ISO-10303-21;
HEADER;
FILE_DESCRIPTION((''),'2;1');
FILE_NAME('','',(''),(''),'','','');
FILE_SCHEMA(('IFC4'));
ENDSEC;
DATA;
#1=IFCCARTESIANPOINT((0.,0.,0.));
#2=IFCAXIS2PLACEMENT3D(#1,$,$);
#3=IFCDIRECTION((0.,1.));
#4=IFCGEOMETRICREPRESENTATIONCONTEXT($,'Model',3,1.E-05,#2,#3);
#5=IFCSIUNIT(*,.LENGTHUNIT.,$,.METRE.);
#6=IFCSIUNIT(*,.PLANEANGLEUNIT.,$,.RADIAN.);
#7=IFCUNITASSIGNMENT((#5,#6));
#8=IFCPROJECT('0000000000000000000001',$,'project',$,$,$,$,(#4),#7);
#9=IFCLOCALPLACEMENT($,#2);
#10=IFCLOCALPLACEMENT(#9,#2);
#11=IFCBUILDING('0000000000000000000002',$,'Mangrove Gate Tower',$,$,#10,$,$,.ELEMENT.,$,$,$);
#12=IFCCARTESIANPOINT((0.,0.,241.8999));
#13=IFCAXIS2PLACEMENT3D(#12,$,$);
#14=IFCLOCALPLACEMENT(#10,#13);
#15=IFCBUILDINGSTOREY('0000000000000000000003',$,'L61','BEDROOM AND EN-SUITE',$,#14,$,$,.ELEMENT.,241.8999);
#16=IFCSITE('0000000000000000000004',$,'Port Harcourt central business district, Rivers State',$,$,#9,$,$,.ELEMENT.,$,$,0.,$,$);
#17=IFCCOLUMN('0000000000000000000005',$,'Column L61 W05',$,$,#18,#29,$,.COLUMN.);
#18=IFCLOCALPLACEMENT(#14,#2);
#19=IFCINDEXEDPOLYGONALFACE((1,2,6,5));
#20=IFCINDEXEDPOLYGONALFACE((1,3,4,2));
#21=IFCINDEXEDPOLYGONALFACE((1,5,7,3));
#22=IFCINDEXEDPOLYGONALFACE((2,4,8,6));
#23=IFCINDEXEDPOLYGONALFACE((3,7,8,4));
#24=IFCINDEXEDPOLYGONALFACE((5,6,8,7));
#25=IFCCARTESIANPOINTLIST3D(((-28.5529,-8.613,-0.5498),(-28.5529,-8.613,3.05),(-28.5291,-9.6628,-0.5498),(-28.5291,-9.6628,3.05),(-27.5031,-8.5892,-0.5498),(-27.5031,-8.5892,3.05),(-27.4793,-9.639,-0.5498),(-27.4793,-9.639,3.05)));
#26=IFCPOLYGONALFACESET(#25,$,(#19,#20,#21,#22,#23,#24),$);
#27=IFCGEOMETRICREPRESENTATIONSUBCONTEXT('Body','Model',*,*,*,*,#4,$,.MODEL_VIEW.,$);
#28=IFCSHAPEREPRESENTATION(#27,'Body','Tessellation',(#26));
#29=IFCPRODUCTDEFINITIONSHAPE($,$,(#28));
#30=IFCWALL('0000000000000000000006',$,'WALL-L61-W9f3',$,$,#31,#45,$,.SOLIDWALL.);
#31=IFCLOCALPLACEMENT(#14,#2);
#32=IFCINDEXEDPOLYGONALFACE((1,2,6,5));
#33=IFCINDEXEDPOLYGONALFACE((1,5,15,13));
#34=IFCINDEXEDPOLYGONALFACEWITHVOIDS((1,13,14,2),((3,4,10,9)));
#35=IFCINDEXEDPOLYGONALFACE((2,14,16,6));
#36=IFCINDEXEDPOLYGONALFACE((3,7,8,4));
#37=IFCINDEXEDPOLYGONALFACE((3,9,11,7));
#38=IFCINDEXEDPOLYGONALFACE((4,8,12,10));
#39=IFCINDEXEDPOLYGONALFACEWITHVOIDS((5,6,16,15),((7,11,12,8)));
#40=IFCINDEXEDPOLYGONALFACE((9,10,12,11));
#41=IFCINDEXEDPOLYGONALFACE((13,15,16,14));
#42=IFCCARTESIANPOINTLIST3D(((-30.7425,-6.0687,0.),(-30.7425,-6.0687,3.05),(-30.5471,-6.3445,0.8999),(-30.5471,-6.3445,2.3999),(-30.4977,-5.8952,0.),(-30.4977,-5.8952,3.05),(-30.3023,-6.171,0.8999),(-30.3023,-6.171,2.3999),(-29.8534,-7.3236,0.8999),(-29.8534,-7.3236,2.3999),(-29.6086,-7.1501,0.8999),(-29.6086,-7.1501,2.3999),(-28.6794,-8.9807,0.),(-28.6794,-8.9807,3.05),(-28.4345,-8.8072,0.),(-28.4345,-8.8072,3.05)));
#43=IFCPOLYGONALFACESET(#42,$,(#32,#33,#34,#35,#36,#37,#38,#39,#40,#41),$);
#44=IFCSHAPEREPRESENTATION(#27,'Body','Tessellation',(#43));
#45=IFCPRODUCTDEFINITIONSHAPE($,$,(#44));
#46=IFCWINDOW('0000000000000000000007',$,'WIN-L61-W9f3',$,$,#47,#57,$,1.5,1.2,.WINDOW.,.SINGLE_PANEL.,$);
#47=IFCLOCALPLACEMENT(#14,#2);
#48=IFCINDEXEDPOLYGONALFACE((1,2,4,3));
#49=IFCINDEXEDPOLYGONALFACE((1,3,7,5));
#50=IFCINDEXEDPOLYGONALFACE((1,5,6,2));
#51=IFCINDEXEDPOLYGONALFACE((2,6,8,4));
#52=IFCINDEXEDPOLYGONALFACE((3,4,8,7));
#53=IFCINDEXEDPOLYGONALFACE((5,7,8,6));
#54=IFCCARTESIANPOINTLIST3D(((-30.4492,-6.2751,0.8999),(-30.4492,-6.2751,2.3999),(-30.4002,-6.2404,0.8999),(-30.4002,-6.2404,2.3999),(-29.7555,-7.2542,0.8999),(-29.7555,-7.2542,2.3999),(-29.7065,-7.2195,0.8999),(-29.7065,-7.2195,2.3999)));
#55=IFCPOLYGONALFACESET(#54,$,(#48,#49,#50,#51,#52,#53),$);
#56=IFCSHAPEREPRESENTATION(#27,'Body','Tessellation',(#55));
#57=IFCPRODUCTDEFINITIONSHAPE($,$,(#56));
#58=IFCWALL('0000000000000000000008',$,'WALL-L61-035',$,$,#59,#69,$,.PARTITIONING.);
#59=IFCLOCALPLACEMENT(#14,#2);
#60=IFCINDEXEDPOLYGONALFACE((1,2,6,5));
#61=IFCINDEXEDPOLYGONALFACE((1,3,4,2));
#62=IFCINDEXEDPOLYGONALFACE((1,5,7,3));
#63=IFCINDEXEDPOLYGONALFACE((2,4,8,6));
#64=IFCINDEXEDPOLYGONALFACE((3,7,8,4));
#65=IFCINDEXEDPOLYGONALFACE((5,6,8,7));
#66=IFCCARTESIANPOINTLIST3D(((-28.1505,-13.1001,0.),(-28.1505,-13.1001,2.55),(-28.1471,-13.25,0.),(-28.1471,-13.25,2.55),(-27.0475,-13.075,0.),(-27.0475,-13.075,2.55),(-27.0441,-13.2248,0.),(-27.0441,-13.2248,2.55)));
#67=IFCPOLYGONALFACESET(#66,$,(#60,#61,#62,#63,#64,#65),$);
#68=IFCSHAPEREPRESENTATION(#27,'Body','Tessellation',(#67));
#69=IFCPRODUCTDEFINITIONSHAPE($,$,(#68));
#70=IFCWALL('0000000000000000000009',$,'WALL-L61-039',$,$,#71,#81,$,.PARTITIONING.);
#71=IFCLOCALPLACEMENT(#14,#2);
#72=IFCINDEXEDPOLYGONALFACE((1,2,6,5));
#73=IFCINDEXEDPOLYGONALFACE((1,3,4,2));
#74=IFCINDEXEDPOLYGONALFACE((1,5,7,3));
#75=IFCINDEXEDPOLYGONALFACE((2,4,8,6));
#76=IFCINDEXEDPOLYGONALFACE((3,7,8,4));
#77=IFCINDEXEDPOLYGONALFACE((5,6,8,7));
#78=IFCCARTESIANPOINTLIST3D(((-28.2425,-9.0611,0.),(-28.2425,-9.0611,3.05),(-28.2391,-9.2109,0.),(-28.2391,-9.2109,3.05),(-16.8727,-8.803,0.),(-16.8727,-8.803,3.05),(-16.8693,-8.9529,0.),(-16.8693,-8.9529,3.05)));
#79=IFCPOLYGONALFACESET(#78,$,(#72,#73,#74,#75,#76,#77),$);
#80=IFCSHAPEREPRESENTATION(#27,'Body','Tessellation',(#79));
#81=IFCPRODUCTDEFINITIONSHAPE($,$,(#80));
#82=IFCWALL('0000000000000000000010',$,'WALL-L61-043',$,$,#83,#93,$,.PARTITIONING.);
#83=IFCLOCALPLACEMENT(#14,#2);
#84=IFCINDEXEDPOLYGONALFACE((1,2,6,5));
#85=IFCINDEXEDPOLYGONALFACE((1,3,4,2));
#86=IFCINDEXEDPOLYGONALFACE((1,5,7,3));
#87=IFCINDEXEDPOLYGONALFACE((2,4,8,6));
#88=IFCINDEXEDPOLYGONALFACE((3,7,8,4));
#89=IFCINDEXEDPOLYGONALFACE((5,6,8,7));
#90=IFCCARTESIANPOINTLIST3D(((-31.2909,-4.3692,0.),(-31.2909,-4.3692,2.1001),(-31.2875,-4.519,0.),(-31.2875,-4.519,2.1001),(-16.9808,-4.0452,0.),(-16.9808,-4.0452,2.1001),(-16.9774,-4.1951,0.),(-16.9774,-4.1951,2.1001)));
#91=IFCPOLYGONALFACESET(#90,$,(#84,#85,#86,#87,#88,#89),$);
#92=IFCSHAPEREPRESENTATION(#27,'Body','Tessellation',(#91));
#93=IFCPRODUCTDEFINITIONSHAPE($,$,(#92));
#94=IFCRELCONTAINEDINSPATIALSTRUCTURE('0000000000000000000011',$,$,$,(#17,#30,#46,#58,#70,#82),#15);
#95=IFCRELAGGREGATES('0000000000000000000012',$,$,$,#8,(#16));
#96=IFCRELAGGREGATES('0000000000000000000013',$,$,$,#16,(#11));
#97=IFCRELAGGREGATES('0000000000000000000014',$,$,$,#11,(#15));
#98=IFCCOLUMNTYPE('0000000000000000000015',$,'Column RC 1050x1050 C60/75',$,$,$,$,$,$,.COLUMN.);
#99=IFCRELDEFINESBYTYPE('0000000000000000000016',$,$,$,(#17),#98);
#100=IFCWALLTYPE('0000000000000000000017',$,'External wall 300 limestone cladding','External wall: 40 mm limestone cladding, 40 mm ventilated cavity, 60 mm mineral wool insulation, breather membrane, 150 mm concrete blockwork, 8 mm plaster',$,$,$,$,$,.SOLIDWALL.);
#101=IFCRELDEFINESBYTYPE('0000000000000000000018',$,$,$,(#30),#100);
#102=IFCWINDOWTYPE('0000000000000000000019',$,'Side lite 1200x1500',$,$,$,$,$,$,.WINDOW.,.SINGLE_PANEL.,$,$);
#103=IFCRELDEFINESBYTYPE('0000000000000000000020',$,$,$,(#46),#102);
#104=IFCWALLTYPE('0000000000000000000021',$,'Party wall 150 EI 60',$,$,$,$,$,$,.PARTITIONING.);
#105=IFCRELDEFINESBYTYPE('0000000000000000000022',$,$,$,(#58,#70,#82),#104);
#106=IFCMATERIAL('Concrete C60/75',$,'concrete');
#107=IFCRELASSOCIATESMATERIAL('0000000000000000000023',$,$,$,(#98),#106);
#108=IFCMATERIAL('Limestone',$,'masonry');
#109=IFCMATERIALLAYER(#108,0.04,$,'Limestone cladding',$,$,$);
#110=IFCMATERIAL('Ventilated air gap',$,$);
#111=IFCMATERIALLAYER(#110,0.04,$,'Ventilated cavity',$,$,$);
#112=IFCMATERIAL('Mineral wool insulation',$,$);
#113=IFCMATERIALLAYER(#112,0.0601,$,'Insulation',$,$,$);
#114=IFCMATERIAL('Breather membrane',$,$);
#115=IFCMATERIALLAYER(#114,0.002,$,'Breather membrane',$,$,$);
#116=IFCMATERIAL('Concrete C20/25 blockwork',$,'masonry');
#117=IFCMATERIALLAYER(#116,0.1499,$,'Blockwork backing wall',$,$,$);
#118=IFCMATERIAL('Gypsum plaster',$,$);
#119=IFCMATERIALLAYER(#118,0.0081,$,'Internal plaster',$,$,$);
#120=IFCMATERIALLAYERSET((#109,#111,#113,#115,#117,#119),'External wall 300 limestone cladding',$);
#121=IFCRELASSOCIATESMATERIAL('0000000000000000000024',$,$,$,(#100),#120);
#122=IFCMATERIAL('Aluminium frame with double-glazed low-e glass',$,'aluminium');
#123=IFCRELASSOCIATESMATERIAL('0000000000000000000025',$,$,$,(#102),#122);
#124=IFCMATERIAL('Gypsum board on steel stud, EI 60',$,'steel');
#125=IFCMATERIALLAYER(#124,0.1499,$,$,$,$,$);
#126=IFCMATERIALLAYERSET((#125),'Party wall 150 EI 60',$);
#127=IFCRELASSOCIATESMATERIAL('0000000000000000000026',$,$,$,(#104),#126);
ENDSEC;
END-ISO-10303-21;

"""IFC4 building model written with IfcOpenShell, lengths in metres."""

from ifc_helpers import new_model, si_unit, direction, frame, frame_2d, origin, origin_2d, place, context, subcontext, project, spatial, rectangle, extrude, material, layer, layer_set, material_profile, profile_set, type_object, element, fill, save


model = new_model("IFC4")

# Units and contexts
model_context = context("Model", 3, precision=1e-05, world=origin(), true_north=direction((0.0, 1.0)))
body_context = subcontext(model_context, "Body", "Model", "MODEL_VIEW")
ifc_project = project(units=[si_unit("LENGTHUNIT", "METRE"), si_unit("PLANEANGLEUNIT", "RADIAN")], contexts=[model_context])

# Site, building, storey
site_placement = place(None, origin())
site = spatial("IfcSite", under=ifc_project, at=site_placement, Name="Port Harcourt central business district, Rivers State", CompositionType="ELEMENT", RefElevation=0.0)
building_placement = place(site_placement, origin())
building = spatial("IfcBuilding", under=site, at=building_placement, Name="Mangrove Gate Tower", CompositionType="ELEMENT")
storey_placement = place(building_placement, frame((0.0, 0.0, 241.8999)))
storey = spatial("IfcBuildingStorey", under=building, at=storey_placement, Name="L61", Description="BEDROOM AND EN-SUITE", CompositionType="ELEMENT", Elevation=241.8999)

# Column
ifc_material_1 = material(Name="Concrete C60/75", Category="concrete")
ifc_material_profile = material_profile(ifc_material_1, rectangle(XDim=1.05, YDim=1.05, at=origin_2d()))
ifc_profile_set = profile_set([ifc_material_profile], Name="Concrete C60/75")
column_type = type_object("IfcColumnType", Name="Column RC 1050x1050 C60/75", PredefinedType="COLUMN", material=ifc_profile_set)
column_placement = place(storey_placement, frame((-28.0161, -9.126, -0.5498), z_axis=(0.0, 0.0, 1.0), x_axis=(0.022672, -0.999743, 0.0)))
element("IfcColumn", 1, at=column_placement, inside=storey, type_object=column_type, Name="Column L61 W05", PredefinedType="COLUMN", context=body_context, shape_type="SweptSolid", body=[
    extrude(rectangle(XDim=1.05, YDim=1.05, at=origin_2d()), origin(), (0.0, 0.0, 1.0), 3.5999),
])

# Wall, opening, window
ifc_material_2 = material(Name="Limestone", Category="masonry")
ifc_layer_1 = layer(ifc_material_2, 0.04, Name="Limestone cladding")
ifc_material_3 = material(Name="Ventilated air gap")
ifc_layer_2 = layer(ifc_material_3, 0.04, Name="Ventilated cavity")
ifc_material_4 = material(Name="Mineral wool insulation")
ifc_layer_3 = layer(ifc_material_4, 0.0601, Name="Insulation")
ifc_material_5 = material(Name="Breather membrane")
ifc_layer_4 = layer(ifc_material_5, 0.002, Name="Breather membrane")
ifc_material_6 = material(Name="Concrete C20/25 blockwork", Category="masonry")
ifc_layer_5 = layer(ifc_material_6, 0.1499, Name="Blockwork backing wall")
ifc_material_7 = material(Name="Gypsum plaster")
ifc_layer_6 = layer(ifc_material_7, 0.0081, Name="Internal plaster")
ifc_layer_set_1 = layer_set([ifc_layer_1, ifc_layer_2, ifc_layer_3, ifc_layer_4, ifc_layer_5, ifc_layer_6], Name="External wall 300 limestone cladding")
wall_type_1 = type_object("IfcWallType", Name="External wall 300 limestone cladding", Description="External wall: 40 mm limestone cladding, 40 mm ventilated cavity, 60 mm mineral wool insulation, breather membrane, 150 mm concrete blockwork, 8 mm plaster", PredefinedType="SOLIDWALL", material=ifc_layer_set_1)
wall_1_placement = place(storey_placement, frame((-30.6201, -5.9819, 0.0), z_axis=(0.0, 0.0, 1.0), x_axis=(0.578108, -0.81596, 0.0)))
wall_1 = element("IfcWall", 2, at=wall_1_placement, inside=storey, type_object=wall_type_1, Name="WALL-L61-W9f3", PredefinedType="SOLIDWALL", context=body_context, shape_type="SweptSolid", body=[
    extrude(rectangle(XDim=3.5688, YDim=0.3, at=frame_2d((1.7844, 0.0))), origin(), (0.0, 0.0, 1.0), 3.05),
])
opening_1_placement = place(wall_1_placement, frame((0.3379, 0.0, 0.8999)))
opening_1 = element("IfcOpeningElement", 3, at=opening_1_placement, cuts=wall_1, PredefinedType="OPENING", context=body_context, shape_type="SweptSolid", body=[
    extrude(rectangle(XDim=1.2, YDim=1.5, at=frame_2d((0.6001, 0.75))), frame((0.0, 0.1599, 0.0), z_axis=(0.0, -1.0, 0.0), x_axis=(1.0, 0.0, 0.0)), (0.0, 0.0, 1.0), 0.3201),
])
ifc_material_8 = material(Name="Aluminium frame with double-glazed low-e glass", Category="aluminium")
window_type_1 = type_object("IfcWindowType", Name="Side lite 1200x1500", PartitioningType="SINGLE_PANEL", PredefinedType="WINDOW", material=ifc_material_8)
window_1_placement = place(opening_1_placement, origin())
window_1 = element("IfcWindow", 4, at=window_1_placement, inside=storey, type_object=window_type_1, Name="WIN-L61-W9f3", OverallHeight=1.5, OverallWidth=1.2, PartitioningType="SINGLE_PANEL", PredefinedType="WINDOW", context=body_context, shape_type="SweptSolid", body=[
    extrude(rectangle(XDim=1.2, YDim=1.5, at=frame_2d((0.6001, 0.75))), frame((0.0, 0.03, 0.0), z_axis=(0.0, -1.0, 0.0), x_axis=(1.0, 0.0, 0.0)), (0.0, 0.0, 1.0), 0.0601),
])
fill(opening_1, window_1)

# Walls
ifc_material_9 = material(Name="Gypsum board on steel stud, EI 60", Category="steel")
ifc_layer_7 = layer(ifc_material_9, 0.1499)
ifc_layer_set_2 = layer_set([ifc_layer_7], Name="Party wall 150 EI 60")
wall_type_2 = type_object("IfcWallType", Name="Party wall 150 EI 60", PredefinedType="PARTITIONING", material=ifc_layer_set_2)
wall_2_placement = place(storey_placement, frame((-28.1489, -13.175, 0.0), z_axis=(0.0, 0.0, 1.0), x_axis=(0.99974, 0.022792, 0.0)))
element("IfcWall", 5, at=wall_2_placement, inside=storey, type_object=wall_type_2, Name="WALL-L61-035", PredefinedType="PARTITIONING", context=body_context, shape_type="SweptSolid", body=[
    extrude(rectangle(XDim=1.1033, YDim=0.1499, at=frame_2d((0.5518, 0.0))), origin(), (0.0, 0.0, 1.0), 2.55),
])
wall_3_placement = place(storey_placement, frame((-28.241, -9.136, 0.0), z_axis=(0.0, 0.0, 1.0), x_axis=(0.999743, 0.022691, 0.0)))
element("IfcWall", 6, at=wall_3_placement, inside=storey, type_object=wall_type_2, Name="WALL-L61-039", PredefinedType="PARTITIONING", context=body_context, shape_type="SweptSolid", body=[
    extrude(rectangle(XDim=11.3728, YDim=0.1499, at=frame_2d((5.6865, 0.0))), origin(), (0.0, 0.0, 1.0), 3.05),
])
wall_4_placement = place(storey_placement, frame((-31.2891, -4.4441, 0.0), z_axis=(0.0, 0.0, 1.0), x_axis=(0.999744, 0.022634, 0.0)))
element("IfcWall", 7, at=wall_4_placement, inside=storey, type_object=wall_type_2, Name="WALL-L61-043", PredefinedType="PARTITIONING", context=body_context, shape_type="SweptSolid", body=[
    extrude(rectangle(XDim=14.3137, YDim=0.1499, at=frame_2d((7.1567, 0.0))), origin(), (0.0, 0.0, 1.0), 2.1001),
])

save(model, "model.ifc")
